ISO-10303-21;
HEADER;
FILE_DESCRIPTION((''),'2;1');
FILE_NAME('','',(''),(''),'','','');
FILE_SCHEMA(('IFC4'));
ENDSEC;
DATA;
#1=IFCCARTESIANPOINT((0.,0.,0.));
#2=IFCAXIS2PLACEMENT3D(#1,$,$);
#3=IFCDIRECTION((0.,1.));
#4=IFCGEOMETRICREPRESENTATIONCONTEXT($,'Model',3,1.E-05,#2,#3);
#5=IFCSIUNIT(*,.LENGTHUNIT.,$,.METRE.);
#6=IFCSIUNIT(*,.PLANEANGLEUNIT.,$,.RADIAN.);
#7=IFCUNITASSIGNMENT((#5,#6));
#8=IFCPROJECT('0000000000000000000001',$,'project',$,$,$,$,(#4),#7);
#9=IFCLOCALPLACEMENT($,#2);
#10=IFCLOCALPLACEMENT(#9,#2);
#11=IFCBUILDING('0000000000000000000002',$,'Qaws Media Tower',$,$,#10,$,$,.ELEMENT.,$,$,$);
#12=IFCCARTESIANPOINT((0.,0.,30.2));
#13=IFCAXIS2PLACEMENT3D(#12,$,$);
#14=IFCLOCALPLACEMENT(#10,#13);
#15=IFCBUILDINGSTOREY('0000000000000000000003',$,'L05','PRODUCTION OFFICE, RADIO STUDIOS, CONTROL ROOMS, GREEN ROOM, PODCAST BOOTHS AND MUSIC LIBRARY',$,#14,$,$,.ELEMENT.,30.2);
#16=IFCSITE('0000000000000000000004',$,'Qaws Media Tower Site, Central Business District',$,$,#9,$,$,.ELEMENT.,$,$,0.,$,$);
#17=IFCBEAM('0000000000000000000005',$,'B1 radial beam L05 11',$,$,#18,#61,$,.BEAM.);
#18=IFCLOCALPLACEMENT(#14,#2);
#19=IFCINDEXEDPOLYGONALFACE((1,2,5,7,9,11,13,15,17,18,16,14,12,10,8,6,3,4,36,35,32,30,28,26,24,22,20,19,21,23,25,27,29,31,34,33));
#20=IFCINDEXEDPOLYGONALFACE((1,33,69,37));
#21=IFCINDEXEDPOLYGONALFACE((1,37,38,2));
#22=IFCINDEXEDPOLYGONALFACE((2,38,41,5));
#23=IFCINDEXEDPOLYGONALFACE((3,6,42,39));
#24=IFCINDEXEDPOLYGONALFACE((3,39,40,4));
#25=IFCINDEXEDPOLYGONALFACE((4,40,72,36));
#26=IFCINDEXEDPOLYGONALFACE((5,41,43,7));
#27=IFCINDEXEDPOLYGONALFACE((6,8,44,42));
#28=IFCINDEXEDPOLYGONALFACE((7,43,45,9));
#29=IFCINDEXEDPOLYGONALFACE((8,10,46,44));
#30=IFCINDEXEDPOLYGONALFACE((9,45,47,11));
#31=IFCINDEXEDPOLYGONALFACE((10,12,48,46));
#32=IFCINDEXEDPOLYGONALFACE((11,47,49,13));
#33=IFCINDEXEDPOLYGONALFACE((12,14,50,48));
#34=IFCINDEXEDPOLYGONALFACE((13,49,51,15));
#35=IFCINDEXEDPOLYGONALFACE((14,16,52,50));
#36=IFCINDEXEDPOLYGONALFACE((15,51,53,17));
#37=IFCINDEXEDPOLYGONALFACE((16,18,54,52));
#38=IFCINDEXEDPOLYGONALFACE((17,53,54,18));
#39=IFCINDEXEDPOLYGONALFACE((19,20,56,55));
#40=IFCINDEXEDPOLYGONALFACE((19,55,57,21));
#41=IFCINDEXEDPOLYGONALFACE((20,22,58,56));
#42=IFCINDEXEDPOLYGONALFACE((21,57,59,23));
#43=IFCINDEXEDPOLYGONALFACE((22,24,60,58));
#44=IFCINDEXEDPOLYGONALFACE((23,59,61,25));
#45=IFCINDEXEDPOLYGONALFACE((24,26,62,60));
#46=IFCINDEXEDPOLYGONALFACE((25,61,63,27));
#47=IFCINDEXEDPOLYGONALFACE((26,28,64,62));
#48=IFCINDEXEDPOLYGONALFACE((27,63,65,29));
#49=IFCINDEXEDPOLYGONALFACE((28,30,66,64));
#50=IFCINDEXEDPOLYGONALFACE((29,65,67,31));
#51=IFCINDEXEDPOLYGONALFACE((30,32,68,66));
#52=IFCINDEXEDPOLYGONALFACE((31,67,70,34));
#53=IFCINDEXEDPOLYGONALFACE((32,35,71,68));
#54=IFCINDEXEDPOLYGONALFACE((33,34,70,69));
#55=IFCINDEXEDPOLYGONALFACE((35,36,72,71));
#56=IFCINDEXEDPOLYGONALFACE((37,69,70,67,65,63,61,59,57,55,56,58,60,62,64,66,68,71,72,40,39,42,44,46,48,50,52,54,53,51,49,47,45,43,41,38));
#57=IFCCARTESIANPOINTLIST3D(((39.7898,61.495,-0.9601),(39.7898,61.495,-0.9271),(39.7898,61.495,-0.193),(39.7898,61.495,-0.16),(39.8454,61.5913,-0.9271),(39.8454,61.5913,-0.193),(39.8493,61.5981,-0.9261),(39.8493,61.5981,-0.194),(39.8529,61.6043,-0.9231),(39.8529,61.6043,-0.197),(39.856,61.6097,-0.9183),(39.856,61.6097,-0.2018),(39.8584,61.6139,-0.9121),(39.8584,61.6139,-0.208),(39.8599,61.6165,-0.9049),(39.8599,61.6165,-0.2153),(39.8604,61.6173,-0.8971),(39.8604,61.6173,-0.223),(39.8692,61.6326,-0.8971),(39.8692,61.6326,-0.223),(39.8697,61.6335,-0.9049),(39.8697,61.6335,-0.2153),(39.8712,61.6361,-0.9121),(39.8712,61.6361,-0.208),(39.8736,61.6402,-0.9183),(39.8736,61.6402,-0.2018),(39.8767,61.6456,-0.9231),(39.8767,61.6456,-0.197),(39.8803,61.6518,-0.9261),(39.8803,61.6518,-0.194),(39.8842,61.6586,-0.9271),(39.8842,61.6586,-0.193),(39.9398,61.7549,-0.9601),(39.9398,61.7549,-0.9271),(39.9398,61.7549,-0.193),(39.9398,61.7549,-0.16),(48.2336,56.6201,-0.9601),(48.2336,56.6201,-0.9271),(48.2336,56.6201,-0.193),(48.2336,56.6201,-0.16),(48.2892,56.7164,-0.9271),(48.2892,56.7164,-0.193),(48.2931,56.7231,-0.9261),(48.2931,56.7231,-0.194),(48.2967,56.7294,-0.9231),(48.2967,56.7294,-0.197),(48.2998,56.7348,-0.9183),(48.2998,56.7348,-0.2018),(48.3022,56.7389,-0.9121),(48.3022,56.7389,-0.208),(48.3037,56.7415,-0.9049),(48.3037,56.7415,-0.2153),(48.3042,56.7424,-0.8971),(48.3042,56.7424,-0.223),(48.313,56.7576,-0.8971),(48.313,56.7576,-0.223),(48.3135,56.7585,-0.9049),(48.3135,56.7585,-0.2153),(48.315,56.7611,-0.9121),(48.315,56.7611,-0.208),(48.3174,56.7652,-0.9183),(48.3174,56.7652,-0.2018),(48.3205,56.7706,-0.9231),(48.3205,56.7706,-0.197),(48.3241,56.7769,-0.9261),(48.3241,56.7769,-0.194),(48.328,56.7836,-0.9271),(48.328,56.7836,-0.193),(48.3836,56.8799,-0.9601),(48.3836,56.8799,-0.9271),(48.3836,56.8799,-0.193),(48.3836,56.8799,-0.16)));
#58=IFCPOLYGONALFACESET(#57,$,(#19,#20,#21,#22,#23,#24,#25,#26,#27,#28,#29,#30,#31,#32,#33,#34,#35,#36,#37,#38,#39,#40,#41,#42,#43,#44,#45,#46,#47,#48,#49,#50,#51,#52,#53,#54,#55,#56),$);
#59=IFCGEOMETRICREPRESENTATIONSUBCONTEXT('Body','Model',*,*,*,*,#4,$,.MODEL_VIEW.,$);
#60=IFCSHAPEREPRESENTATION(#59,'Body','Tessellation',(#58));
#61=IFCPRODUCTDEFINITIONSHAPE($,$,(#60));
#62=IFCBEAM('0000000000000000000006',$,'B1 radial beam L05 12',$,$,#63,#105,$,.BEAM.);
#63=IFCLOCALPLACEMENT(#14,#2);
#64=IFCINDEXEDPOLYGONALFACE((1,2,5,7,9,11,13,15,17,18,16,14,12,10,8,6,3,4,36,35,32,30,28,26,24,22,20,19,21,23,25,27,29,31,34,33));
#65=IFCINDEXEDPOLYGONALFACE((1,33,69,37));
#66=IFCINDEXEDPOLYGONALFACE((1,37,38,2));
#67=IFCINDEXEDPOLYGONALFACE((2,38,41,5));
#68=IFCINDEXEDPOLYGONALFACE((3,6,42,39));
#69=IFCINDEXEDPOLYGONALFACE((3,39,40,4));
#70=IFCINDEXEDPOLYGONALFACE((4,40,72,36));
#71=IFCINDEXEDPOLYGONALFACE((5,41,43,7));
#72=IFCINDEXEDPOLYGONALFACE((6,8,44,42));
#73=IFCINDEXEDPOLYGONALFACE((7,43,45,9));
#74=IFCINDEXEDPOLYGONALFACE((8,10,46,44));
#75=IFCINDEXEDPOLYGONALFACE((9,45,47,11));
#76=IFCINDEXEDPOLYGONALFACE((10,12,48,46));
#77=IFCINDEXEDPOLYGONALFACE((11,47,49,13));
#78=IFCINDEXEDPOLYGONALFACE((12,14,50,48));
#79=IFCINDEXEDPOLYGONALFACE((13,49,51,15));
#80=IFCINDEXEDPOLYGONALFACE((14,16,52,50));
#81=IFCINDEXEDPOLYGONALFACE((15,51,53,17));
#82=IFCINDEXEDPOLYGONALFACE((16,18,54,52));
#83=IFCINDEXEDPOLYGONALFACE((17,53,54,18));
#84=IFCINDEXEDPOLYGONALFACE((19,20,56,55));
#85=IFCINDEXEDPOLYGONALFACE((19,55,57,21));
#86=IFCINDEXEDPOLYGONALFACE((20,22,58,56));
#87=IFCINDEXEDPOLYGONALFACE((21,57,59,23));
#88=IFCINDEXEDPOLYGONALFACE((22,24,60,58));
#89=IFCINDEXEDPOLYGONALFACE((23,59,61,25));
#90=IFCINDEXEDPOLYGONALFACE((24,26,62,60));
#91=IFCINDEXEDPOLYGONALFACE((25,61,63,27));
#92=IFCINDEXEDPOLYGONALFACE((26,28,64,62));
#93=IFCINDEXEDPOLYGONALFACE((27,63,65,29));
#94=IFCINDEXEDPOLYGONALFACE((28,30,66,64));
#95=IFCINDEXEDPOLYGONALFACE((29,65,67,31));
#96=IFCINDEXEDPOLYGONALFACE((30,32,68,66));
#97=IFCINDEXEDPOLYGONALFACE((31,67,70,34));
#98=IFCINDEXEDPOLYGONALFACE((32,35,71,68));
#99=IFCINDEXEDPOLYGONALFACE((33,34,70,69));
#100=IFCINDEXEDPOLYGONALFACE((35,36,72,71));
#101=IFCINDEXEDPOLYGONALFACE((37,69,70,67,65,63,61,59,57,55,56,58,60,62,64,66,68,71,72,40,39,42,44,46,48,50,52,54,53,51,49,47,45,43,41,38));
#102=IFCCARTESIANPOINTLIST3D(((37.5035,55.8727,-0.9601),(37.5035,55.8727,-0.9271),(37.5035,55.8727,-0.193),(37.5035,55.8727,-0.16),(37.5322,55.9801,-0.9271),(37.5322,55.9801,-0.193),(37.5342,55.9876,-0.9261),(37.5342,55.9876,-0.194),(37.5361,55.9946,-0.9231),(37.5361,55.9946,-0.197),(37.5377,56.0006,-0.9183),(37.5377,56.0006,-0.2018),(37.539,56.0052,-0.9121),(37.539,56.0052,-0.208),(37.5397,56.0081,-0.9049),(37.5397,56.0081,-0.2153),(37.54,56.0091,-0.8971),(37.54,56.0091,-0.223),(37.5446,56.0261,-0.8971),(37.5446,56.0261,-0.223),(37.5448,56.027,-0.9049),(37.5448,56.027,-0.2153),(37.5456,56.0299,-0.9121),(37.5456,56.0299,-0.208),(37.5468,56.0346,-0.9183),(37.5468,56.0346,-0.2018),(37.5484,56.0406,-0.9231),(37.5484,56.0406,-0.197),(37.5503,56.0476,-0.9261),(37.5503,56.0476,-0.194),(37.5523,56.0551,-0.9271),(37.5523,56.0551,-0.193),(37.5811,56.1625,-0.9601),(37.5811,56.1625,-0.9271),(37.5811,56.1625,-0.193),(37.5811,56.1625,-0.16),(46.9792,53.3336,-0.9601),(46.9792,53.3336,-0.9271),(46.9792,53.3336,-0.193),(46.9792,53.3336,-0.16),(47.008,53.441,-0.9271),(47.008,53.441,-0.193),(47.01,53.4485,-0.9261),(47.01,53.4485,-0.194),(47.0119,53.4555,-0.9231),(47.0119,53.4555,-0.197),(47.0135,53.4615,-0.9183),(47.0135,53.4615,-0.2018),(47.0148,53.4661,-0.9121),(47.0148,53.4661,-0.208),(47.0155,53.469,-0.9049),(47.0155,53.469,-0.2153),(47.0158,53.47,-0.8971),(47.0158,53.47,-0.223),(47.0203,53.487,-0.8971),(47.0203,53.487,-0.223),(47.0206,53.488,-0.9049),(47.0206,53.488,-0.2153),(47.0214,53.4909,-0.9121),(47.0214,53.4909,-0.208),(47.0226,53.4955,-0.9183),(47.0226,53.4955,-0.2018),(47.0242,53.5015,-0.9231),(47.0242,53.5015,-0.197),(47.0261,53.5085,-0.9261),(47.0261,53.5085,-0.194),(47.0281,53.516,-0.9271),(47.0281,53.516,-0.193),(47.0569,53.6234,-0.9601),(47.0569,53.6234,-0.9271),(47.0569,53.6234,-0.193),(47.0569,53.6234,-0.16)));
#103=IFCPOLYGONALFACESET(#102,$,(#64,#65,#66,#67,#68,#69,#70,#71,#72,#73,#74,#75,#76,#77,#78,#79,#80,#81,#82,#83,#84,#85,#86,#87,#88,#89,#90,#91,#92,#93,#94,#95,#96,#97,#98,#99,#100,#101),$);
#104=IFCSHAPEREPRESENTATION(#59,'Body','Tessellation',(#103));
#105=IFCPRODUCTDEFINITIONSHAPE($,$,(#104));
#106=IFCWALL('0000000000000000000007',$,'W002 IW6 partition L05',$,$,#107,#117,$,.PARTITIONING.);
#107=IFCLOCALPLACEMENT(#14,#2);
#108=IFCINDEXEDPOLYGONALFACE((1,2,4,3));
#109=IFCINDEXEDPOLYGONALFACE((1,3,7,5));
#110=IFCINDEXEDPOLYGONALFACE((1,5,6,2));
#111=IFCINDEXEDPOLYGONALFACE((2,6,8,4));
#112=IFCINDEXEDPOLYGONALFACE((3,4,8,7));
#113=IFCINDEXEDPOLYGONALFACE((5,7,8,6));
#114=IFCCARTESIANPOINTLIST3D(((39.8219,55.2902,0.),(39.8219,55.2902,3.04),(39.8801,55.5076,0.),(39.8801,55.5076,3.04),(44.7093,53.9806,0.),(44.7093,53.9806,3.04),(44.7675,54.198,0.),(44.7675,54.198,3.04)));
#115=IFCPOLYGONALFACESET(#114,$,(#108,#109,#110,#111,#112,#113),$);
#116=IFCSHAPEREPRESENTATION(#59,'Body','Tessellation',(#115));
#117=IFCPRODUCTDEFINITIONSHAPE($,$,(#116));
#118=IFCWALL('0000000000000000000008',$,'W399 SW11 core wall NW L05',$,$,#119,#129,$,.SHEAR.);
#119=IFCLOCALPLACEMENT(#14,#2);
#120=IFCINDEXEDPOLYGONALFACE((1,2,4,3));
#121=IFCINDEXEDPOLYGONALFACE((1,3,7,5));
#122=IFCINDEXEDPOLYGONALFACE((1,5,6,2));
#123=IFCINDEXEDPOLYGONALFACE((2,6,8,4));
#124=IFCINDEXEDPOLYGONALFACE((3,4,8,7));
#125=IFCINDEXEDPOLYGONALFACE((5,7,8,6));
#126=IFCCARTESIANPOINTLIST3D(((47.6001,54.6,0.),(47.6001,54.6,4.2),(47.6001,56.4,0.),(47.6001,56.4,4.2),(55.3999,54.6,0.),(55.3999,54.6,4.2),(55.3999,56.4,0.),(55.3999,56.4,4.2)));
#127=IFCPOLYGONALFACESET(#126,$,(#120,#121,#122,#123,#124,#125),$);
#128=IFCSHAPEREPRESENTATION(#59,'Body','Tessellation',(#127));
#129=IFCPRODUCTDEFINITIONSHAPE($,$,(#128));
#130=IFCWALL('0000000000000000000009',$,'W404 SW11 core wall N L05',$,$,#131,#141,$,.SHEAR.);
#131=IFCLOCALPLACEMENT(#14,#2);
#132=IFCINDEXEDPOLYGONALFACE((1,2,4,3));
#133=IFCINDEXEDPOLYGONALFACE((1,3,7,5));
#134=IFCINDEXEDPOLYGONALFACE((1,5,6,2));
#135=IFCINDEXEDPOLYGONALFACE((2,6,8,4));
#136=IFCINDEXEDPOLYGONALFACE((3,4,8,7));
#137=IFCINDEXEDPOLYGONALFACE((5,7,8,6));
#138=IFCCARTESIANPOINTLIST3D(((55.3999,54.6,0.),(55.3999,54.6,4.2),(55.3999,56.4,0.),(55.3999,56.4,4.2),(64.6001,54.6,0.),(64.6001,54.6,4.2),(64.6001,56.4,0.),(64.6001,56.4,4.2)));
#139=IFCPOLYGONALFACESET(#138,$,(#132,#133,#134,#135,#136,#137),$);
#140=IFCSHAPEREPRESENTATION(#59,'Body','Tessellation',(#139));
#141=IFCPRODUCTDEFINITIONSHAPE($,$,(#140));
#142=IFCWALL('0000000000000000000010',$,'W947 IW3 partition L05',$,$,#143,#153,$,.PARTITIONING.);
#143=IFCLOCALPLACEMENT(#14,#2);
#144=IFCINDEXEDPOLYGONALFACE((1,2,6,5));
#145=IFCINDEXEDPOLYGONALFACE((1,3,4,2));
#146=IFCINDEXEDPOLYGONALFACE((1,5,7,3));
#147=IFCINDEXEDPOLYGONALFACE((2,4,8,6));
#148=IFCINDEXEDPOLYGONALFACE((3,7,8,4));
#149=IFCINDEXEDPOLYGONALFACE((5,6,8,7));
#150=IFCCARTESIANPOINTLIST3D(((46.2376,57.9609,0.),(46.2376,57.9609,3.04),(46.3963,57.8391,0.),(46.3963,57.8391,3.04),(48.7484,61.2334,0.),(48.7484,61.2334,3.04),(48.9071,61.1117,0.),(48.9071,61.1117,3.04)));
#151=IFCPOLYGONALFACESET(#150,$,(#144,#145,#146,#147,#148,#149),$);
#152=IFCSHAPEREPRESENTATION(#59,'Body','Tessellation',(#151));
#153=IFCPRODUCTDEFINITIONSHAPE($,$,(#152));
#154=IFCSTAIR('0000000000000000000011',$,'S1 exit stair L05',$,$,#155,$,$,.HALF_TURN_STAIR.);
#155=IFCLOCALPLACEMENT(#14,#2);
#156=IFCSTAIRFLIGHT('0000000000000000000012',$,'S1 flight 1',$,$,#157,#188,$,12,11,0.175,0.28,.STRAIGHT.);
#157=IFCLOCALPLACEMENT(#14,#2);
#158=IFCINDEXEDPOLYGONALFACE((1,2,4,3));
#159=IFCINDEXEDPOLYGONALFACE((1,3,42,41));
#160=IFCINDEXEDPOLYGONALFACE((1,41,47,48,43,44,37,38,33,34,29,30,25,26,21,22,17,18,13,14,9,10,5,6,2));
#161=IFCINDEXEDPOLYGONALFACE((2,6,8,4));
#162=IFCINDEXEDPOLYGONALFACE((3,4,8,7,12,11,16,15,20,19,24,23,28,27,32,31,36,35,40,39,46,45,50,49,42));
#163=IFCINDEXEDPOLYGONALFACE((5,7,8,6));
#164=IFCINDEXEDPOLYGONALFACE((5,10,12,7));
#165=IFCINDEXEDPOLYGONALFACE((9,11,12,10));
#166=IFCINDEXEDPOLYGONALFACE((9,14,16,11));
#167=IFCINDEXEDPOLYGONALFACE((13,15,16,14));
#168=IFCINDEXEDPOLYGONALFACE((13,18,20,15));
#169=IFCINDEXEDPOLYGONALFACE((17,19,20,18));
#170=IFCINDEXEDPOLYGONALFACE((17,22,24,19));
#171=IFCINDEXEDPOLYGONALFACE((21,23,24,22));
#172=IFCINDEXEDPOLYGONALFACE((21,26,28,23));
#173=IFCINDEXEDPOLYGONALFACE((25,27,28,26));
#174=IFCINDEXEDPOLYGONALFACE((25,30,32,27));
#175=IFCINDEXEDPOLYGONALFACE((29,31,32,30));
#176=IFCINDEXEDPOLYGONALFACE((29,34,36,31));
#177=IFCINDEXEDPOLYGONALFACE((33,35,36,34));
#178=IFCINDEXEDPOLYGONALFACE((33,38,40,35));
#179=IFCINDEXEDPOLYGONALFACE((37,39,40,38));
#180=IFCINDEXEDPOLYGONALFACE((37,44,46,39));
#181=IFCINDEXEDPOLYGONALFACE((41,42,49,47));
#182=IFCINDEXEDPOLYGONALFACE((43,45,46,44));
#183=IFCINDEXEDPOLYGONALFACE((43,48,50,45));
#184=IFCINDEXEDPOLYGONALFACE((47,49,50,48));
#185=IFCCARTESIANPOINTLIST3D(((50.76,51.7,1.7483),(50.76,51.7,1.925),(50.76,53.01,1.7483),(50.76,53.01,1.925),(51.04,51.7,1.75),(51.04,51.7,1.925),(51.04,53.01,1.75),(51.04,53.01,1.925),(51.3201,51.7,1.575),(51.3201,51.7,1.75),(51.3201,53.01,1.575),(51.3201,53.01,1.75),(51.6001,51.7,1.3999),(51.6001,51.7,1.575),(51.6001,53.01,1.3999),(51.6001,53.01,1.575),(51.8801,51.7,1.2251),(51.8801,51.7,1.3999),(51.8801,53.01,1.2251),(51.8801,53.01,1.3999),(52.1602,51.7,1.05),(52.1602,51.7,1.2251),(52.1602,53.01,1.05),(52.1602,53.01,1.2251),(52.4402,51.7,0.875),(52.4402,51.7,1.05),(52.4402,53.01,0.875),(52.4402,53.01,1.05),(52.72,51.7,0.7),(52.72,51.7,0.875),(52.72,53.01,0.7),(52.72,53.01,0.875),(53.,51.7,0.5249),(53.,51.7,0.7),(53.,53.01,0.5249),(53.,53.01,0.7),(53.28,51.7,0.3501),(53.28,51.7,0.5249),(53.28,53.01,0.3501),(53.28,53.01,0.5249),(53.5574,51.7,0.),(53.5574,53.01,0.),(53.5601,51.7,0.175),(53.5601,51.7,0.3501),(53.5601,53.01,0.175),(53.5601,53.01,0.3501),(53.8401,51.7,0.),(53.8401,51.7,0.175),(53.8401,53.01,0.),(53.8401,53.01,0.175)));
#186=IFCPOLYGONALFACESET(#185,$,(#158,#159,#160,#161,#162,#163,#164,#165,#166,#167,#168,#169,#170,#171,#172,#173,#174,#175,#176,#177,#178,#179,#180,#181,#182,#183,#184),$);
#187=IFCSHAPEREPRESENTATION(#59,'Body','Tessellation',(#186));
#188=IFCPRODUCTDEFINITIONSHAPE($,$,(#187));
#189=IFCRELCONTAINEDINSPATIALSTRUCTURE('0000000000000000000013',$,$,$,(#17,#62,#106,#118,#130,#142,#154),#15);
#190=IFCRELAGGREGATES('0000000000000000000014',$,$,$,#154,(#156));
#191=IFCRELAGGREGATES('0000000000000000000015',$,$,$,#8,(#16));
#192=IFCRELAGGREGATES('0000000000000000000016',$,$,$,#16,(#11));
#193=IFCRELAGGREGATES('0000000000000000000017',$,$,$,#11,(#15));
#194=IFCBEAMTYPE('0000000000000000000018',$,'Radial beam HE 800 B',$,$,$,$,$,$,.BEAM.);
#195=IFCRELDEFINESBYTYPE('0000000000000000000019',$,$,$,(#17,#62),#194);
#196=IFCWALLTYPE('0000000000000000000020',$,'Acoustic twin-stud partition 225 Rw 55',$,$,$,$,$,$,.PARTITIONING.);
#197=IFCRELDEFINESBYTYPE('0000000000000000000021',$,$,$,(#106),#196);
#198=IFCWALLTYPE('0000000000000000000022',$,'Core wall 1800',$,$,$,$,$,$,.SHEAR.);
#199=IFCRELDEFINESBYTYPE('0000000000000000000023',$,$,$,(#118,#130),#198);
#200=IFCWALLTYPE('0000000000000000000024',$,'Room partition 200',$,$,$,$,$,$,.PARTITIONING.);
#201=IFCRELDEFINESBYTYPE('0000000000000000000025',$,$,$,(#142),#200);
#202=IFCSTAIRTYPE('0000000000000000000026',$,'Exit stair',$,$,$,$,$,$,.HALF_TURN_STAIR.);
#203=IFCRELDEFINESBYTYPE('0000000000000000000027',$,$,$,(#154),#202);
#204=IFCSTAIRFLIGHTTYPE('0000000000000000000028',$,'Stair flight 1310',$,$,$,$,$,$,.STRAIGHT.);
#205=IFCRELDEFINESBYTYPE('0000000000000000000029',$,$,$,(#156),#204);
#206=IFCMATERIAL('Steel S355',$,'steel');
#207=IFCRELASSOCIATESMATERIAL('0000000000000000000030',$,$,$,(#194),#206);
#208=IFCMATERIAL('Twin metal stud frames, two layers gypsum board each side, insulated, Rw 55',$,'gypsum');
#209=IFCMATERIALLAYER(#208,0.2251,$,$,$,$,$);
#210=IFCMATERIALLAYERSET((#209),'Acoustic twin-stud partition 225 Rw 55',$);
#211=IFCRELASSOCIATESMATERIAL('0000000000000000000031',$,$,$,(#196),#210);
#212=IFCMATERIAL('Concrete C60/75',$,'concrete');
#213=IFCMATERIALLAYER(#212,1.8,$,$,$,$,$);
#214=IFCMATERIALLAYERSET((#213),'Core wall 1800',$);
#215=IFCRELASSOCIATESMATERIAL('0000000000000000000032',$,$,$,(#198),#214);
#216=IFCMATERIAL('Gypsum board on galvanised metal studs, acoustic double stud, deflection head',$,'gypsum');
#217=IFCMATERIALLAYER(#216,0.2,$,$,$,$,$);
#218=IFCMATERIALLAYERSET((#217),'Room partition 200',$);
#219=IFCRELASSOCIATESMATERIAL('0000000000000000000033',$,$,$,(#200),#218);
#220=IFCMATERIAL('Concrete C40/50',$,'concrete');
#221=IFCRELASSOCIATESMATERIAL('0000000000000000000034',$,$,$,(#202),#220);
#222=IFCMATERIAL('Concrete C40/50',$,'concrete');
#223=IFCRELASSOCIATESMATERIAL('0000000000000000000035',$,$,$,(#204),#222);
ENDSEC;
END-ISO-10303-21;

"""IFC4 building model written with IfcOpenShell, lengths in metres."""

from ifc_helpers import new_model, si_unit, direction, frame, frame_2d, origin, origin_2d, place, context, subcontext, project, spatial, polyline, rectangle, i_section, outline, extrude, material, layer, layer_set, material_profile, profile_set, type_object, element, aggregate, save


model = new_model("IFC4")

# Units and contexts
model_context = context("Model", 3, precision=1e-05, world=origin(), true_north=direction((0.0, 1.0)))
body_context = subcontext(model_context, "Body", "Model", "MODEL_VIEW")
ifc_project = project(units=[si_unit("LENGTHUNIT", "METRE"), si_unit("PLANEANGLEUNIT", "RADIAN")], contexts=[model_context])

# Site, building, storey
site_placement = place(None, origin())
site = spatial("IfcSite", under=ifc_project, at=site_placement, Name="Qaws Media Tower Site, Central Business District", CompositionType="ELEMENT", RefElevation=0.0)
building_placement = place(site_placement, origin())
building = spatial("IfcBuilding", under=site, at=building_placement, Name="Qaws Media Tower", CompositionType="ELEMENT")
storey_placement = place(building_placement, frame((0.0, 0.0, 30.2)))
storey = spatial("IfcBuildingStorey", under=building, at=storey_placement, Name="L05", Description="PRODUCTION OFFICE, RADIO STUDIOS, CONTROL ROOMS, GREEN ROOM, PODCAST BOOTHS AND MUSIC LIBRARY", CompositionType="ELEMENT", Elevation=30.2)

# Beams
ifc_material_1 = material(Name="Steel S355", Category="steel")
ifc_material_profile_1 = material_profile(ifc_material_1, i_section(OverallWidth=0.3, OverallDepth=0.8, WebThickness=0.0176, FlangeThickness=0.033, FilletRadius=0.03, at=origin_2d()), Name="HE 800 B")
ifc_profile_set_1 = profile_set([ifc_material_profile_1], Name="Steel S355")
beam_type_1 = type_object("IfcBeamType", Name="Radial beam HE 800 B", PredefinedType="BEAM", material=ifc_profile_set_1)
beam_1_placement = place(storey_placement, frame((48.3086, 56.75, -0.5601), z_axis=(-0.866028, 0.499996, 0.0), x_axis=(-0.499996, -0.866028, 0.0)))
element("IfcBeam", 1, at=beam_1_placement, inside=storey, type_object=beam_type_1, Name="B1 radial beam L05 11", PredefinedType="BEAM", context=body_context, shape_type="SweptSolid", body=[
    extrude(i_section(OverallWidth=0.3, OverallDepth=0.8, WebThickness=0.0176, FlangeThickness=0.033, FilletRadius=0.03, at=origin_2d()), origin(), (0.0, 0.0, 1.0), 9.75),
])
beam_2_placement = place(storey_placement, frame((47.0181, 53.4785, -0.5601), z_axis=(-0.965925, 0.258821, 0.0), x_axis=(-0.258821, -0.965925, 0.0)))
element("IfcBeam", 2, at=beam_2_placement, inside=storey, type_object=beam_type_1, Name="B1 radial beam L05 12", PredefinedType="BEAM", context=body_context, shape_type="SweptSolid", body=[
    extrude(i_section(OverallWidth=0.3, OverallDepth=0.8, WebThickness=0.0176, FlangeThickness=0.033, FilletRadius=0.03, at=origin_2d()), origin(), (0.0, 0.0, 1.0), 9.8101),
])

# Walls
ifc_material_2 = material(Name="Twin metal stud frames, two layers gypsum board each side, insulated, Rw 55", Category="gypsum")
ifc_layer_1 = layer(ifc_material_2, 0.2251)
ifc_layer_set_1 = layer_set([ifc_layer_1], Name="Acoustic twin-stud partition 225 Rw 55")
wall_type_1 = type_object("IfcWallType", Name="Acoustic twin-stud partition 225 Rw 55", PredefinedType="PARTITIONING", material=ifc_layer_set_1)
wall_1_placement = place(storey_placement, frame((44.7383, 54.0894, 0.0), z_axis=(0.0, 0.0, 1.0), x_axis=(-0.965927, 0.258816, 0.0)))
element("IfcWall", 3, at=wall_1_placement, inside=storey, type_object=wall_type_1, Name="W002 IW6 partition L05", PredefinedType="PARTITIONING", context=body_context, shape_type="SweptSolid", body=[
    extrude(rectangle(XDim=5.0598, YDim=0.2251, at=frame_2d((2.5298, 0.0))), origin(), (0.0, 0.0, 1.0), 3.04),
])
ifc_material_3 = material(Name="Concrete C60/75", Category="concrete")
ifc_layer_2 = layer(ifc_material_3, 1.8)
ifc_layer_set_2 = layer_set([ifc_layer_2], Name="Core wall 1800")
wall_type_2 = type_object("IfcWallType", Name="Core wall 1800", PredefinedType="SHEAR", material=ifc_layer_set_2)
wall_2_placement = place(storey_placement, frame((47.6001, 55.5, 0.0), z_axis=(0.0, 0.0, 1.0), x_axis=(1.0, 0.0, 0.0)))
element("IfcWall", 4, at=wall_2_placement, inside=storey, type_object=wall_type_2, Name="W399 SW11 core wall NW L05", PredefinedType="SHEAR", context=body_context, shape_type="SweptSolid", body=[
    extrude(rectangle(XDim=7.7998, YDim=1.8, at=frame_2d((3.8999, 0.0))), origin(), (0.0, 0.0, 1.0), 4.2),
])
wall_3_placement = place(storey_placement, frame((55.3999, 55.5, 0.0), z_axis=(0.0, 0.0, 1.0), x_axis=(1.0, 0.0, 0.0)))
element("IfcWall", 5, at=wall_3_placement, inside=storey, type_object=wall_type_2, Name="W404 SW11 core wall N L05", PredefinedType="SHEAR", context=body_context, shape_type="SweptSolid", body=[
    extrude(rectangle(XDim=9.2002, YDim=1.8, at=frame_2d((4.6001, 0.0))), origin(), (0.0, 0.0, 1.0), 4.2),
])

# Shared definitions
ifc_material_4 = material(Name="Gypsum board on galvanised metal studs, acoustic double stud, deflection head", Category="gypsum")
ifc_layer_3 = layer(ifc_material_4, 0.2)
ifc_layer_set_3 = layer_set([ifc_layer_3], Name="Room partition 200")
wall_type_3 = type_object("IfcWallType", Name="Room partition 200", PredefinedType="PARTITIONING", material=ifc_layer_set_3)

# Wall
wall_4_placement = place(storey_placement, frame((46.3169, 57.8999, 0.0), z_axis=(0.0, 0.0, 1.0), x_axis=(0.608715, 0.793389, 0.0)))
element("IfcWall", 6, at=wall_4_placement, inside=storey, type_object=wall_type_3, Name="W947 IW3 partition L05", PredefinedType="PARTITIONING", context=body_context, shape_type="SweptSolid", body=[
    extrude(rectangle(XDim=4.1248, YDim=0.2, at=frame_2d((2.0625, 0.0))), origin(), (0.0, 0.0, 1.0), 3.04),
])

# Stair, stair flight
ifc_material_5 = material(Name="Concrete C40/50", Category="concrete")
stair_type = type_object("IfcStairType", Name="Exit stair", PredefinedType="HALF_TURN_STAIR", material=ifc_material_5)
stair_placement = place(storey_placement, origin())
stair = element("IfcStair", 7, at=stair_placement, inside=storey, type_object=stair_type, Name="S1 exit stair L05", PredefinedType="HALF_TURN_STAIR")
ifc_material_6 = material(Name="Concrete C40/50", Category="concrete")
stair_flight_type = type_object("IfcStairFlightType", Name="Stair flight 1310", PredefinedType="STRAIGHT", material=ifc_material_6)
stair_flight_1_placement = place(storey_placement, frame((53.8401, 52.355, 0.0), z_axis=(0.0, 0.0, 1.0), x_axis=(-1.0, 0.0, 0.0)))
stair_flight_1 = element("IfcStairFlight", 8, at=stair_flight_1_placement, type_object=stair_flight_type, Name="S1 flight 1", NumberOfRisers=12, NumberOfTreads=11, PredefinedType="STRAIGHT", RiserHeight=0.175, TreadLength=0.28, context=body_context, shape_type="SweptSolid", body=[
    extrude(outline(polyline([(0.0, 0.0), (0.0, 0.175), (0.28, 0.175), (0.28, 0.3501), (0.5601, 0.3501), (0.5601, 0.5249), (0.8401, 0.5249), (0.8401, 0.7), (1.1201, 0.7), (1.1201, 0.875), (1.3999, 0.875), (1.3999, 1.05), (1.6799, 1.05), (1.6799, 1.2251), (1.96, 1.2251), (1.96, 1.3999), (2.24, 1.3999), (2.24, 1.575), (2.52, 1.575), (2.52, 1.75), (2.8, 1.75), (2.8, 1.925), (3.0801, 1.925), (3.0801, 2.1001), (3.0801, 1.7483), (0.2827, 0.0), (0.0, 0.0)])), frame((0.0, 0.655, 0.0), z_axis=(0.0, -1.0, 0.0), x_axis=(1.0, 0.0, 0.0)), (0.0, 0.0, 1.0), 1.3101),
])
aggregate(stair, [stair_flight_1])

save(model, "model.ifc")
